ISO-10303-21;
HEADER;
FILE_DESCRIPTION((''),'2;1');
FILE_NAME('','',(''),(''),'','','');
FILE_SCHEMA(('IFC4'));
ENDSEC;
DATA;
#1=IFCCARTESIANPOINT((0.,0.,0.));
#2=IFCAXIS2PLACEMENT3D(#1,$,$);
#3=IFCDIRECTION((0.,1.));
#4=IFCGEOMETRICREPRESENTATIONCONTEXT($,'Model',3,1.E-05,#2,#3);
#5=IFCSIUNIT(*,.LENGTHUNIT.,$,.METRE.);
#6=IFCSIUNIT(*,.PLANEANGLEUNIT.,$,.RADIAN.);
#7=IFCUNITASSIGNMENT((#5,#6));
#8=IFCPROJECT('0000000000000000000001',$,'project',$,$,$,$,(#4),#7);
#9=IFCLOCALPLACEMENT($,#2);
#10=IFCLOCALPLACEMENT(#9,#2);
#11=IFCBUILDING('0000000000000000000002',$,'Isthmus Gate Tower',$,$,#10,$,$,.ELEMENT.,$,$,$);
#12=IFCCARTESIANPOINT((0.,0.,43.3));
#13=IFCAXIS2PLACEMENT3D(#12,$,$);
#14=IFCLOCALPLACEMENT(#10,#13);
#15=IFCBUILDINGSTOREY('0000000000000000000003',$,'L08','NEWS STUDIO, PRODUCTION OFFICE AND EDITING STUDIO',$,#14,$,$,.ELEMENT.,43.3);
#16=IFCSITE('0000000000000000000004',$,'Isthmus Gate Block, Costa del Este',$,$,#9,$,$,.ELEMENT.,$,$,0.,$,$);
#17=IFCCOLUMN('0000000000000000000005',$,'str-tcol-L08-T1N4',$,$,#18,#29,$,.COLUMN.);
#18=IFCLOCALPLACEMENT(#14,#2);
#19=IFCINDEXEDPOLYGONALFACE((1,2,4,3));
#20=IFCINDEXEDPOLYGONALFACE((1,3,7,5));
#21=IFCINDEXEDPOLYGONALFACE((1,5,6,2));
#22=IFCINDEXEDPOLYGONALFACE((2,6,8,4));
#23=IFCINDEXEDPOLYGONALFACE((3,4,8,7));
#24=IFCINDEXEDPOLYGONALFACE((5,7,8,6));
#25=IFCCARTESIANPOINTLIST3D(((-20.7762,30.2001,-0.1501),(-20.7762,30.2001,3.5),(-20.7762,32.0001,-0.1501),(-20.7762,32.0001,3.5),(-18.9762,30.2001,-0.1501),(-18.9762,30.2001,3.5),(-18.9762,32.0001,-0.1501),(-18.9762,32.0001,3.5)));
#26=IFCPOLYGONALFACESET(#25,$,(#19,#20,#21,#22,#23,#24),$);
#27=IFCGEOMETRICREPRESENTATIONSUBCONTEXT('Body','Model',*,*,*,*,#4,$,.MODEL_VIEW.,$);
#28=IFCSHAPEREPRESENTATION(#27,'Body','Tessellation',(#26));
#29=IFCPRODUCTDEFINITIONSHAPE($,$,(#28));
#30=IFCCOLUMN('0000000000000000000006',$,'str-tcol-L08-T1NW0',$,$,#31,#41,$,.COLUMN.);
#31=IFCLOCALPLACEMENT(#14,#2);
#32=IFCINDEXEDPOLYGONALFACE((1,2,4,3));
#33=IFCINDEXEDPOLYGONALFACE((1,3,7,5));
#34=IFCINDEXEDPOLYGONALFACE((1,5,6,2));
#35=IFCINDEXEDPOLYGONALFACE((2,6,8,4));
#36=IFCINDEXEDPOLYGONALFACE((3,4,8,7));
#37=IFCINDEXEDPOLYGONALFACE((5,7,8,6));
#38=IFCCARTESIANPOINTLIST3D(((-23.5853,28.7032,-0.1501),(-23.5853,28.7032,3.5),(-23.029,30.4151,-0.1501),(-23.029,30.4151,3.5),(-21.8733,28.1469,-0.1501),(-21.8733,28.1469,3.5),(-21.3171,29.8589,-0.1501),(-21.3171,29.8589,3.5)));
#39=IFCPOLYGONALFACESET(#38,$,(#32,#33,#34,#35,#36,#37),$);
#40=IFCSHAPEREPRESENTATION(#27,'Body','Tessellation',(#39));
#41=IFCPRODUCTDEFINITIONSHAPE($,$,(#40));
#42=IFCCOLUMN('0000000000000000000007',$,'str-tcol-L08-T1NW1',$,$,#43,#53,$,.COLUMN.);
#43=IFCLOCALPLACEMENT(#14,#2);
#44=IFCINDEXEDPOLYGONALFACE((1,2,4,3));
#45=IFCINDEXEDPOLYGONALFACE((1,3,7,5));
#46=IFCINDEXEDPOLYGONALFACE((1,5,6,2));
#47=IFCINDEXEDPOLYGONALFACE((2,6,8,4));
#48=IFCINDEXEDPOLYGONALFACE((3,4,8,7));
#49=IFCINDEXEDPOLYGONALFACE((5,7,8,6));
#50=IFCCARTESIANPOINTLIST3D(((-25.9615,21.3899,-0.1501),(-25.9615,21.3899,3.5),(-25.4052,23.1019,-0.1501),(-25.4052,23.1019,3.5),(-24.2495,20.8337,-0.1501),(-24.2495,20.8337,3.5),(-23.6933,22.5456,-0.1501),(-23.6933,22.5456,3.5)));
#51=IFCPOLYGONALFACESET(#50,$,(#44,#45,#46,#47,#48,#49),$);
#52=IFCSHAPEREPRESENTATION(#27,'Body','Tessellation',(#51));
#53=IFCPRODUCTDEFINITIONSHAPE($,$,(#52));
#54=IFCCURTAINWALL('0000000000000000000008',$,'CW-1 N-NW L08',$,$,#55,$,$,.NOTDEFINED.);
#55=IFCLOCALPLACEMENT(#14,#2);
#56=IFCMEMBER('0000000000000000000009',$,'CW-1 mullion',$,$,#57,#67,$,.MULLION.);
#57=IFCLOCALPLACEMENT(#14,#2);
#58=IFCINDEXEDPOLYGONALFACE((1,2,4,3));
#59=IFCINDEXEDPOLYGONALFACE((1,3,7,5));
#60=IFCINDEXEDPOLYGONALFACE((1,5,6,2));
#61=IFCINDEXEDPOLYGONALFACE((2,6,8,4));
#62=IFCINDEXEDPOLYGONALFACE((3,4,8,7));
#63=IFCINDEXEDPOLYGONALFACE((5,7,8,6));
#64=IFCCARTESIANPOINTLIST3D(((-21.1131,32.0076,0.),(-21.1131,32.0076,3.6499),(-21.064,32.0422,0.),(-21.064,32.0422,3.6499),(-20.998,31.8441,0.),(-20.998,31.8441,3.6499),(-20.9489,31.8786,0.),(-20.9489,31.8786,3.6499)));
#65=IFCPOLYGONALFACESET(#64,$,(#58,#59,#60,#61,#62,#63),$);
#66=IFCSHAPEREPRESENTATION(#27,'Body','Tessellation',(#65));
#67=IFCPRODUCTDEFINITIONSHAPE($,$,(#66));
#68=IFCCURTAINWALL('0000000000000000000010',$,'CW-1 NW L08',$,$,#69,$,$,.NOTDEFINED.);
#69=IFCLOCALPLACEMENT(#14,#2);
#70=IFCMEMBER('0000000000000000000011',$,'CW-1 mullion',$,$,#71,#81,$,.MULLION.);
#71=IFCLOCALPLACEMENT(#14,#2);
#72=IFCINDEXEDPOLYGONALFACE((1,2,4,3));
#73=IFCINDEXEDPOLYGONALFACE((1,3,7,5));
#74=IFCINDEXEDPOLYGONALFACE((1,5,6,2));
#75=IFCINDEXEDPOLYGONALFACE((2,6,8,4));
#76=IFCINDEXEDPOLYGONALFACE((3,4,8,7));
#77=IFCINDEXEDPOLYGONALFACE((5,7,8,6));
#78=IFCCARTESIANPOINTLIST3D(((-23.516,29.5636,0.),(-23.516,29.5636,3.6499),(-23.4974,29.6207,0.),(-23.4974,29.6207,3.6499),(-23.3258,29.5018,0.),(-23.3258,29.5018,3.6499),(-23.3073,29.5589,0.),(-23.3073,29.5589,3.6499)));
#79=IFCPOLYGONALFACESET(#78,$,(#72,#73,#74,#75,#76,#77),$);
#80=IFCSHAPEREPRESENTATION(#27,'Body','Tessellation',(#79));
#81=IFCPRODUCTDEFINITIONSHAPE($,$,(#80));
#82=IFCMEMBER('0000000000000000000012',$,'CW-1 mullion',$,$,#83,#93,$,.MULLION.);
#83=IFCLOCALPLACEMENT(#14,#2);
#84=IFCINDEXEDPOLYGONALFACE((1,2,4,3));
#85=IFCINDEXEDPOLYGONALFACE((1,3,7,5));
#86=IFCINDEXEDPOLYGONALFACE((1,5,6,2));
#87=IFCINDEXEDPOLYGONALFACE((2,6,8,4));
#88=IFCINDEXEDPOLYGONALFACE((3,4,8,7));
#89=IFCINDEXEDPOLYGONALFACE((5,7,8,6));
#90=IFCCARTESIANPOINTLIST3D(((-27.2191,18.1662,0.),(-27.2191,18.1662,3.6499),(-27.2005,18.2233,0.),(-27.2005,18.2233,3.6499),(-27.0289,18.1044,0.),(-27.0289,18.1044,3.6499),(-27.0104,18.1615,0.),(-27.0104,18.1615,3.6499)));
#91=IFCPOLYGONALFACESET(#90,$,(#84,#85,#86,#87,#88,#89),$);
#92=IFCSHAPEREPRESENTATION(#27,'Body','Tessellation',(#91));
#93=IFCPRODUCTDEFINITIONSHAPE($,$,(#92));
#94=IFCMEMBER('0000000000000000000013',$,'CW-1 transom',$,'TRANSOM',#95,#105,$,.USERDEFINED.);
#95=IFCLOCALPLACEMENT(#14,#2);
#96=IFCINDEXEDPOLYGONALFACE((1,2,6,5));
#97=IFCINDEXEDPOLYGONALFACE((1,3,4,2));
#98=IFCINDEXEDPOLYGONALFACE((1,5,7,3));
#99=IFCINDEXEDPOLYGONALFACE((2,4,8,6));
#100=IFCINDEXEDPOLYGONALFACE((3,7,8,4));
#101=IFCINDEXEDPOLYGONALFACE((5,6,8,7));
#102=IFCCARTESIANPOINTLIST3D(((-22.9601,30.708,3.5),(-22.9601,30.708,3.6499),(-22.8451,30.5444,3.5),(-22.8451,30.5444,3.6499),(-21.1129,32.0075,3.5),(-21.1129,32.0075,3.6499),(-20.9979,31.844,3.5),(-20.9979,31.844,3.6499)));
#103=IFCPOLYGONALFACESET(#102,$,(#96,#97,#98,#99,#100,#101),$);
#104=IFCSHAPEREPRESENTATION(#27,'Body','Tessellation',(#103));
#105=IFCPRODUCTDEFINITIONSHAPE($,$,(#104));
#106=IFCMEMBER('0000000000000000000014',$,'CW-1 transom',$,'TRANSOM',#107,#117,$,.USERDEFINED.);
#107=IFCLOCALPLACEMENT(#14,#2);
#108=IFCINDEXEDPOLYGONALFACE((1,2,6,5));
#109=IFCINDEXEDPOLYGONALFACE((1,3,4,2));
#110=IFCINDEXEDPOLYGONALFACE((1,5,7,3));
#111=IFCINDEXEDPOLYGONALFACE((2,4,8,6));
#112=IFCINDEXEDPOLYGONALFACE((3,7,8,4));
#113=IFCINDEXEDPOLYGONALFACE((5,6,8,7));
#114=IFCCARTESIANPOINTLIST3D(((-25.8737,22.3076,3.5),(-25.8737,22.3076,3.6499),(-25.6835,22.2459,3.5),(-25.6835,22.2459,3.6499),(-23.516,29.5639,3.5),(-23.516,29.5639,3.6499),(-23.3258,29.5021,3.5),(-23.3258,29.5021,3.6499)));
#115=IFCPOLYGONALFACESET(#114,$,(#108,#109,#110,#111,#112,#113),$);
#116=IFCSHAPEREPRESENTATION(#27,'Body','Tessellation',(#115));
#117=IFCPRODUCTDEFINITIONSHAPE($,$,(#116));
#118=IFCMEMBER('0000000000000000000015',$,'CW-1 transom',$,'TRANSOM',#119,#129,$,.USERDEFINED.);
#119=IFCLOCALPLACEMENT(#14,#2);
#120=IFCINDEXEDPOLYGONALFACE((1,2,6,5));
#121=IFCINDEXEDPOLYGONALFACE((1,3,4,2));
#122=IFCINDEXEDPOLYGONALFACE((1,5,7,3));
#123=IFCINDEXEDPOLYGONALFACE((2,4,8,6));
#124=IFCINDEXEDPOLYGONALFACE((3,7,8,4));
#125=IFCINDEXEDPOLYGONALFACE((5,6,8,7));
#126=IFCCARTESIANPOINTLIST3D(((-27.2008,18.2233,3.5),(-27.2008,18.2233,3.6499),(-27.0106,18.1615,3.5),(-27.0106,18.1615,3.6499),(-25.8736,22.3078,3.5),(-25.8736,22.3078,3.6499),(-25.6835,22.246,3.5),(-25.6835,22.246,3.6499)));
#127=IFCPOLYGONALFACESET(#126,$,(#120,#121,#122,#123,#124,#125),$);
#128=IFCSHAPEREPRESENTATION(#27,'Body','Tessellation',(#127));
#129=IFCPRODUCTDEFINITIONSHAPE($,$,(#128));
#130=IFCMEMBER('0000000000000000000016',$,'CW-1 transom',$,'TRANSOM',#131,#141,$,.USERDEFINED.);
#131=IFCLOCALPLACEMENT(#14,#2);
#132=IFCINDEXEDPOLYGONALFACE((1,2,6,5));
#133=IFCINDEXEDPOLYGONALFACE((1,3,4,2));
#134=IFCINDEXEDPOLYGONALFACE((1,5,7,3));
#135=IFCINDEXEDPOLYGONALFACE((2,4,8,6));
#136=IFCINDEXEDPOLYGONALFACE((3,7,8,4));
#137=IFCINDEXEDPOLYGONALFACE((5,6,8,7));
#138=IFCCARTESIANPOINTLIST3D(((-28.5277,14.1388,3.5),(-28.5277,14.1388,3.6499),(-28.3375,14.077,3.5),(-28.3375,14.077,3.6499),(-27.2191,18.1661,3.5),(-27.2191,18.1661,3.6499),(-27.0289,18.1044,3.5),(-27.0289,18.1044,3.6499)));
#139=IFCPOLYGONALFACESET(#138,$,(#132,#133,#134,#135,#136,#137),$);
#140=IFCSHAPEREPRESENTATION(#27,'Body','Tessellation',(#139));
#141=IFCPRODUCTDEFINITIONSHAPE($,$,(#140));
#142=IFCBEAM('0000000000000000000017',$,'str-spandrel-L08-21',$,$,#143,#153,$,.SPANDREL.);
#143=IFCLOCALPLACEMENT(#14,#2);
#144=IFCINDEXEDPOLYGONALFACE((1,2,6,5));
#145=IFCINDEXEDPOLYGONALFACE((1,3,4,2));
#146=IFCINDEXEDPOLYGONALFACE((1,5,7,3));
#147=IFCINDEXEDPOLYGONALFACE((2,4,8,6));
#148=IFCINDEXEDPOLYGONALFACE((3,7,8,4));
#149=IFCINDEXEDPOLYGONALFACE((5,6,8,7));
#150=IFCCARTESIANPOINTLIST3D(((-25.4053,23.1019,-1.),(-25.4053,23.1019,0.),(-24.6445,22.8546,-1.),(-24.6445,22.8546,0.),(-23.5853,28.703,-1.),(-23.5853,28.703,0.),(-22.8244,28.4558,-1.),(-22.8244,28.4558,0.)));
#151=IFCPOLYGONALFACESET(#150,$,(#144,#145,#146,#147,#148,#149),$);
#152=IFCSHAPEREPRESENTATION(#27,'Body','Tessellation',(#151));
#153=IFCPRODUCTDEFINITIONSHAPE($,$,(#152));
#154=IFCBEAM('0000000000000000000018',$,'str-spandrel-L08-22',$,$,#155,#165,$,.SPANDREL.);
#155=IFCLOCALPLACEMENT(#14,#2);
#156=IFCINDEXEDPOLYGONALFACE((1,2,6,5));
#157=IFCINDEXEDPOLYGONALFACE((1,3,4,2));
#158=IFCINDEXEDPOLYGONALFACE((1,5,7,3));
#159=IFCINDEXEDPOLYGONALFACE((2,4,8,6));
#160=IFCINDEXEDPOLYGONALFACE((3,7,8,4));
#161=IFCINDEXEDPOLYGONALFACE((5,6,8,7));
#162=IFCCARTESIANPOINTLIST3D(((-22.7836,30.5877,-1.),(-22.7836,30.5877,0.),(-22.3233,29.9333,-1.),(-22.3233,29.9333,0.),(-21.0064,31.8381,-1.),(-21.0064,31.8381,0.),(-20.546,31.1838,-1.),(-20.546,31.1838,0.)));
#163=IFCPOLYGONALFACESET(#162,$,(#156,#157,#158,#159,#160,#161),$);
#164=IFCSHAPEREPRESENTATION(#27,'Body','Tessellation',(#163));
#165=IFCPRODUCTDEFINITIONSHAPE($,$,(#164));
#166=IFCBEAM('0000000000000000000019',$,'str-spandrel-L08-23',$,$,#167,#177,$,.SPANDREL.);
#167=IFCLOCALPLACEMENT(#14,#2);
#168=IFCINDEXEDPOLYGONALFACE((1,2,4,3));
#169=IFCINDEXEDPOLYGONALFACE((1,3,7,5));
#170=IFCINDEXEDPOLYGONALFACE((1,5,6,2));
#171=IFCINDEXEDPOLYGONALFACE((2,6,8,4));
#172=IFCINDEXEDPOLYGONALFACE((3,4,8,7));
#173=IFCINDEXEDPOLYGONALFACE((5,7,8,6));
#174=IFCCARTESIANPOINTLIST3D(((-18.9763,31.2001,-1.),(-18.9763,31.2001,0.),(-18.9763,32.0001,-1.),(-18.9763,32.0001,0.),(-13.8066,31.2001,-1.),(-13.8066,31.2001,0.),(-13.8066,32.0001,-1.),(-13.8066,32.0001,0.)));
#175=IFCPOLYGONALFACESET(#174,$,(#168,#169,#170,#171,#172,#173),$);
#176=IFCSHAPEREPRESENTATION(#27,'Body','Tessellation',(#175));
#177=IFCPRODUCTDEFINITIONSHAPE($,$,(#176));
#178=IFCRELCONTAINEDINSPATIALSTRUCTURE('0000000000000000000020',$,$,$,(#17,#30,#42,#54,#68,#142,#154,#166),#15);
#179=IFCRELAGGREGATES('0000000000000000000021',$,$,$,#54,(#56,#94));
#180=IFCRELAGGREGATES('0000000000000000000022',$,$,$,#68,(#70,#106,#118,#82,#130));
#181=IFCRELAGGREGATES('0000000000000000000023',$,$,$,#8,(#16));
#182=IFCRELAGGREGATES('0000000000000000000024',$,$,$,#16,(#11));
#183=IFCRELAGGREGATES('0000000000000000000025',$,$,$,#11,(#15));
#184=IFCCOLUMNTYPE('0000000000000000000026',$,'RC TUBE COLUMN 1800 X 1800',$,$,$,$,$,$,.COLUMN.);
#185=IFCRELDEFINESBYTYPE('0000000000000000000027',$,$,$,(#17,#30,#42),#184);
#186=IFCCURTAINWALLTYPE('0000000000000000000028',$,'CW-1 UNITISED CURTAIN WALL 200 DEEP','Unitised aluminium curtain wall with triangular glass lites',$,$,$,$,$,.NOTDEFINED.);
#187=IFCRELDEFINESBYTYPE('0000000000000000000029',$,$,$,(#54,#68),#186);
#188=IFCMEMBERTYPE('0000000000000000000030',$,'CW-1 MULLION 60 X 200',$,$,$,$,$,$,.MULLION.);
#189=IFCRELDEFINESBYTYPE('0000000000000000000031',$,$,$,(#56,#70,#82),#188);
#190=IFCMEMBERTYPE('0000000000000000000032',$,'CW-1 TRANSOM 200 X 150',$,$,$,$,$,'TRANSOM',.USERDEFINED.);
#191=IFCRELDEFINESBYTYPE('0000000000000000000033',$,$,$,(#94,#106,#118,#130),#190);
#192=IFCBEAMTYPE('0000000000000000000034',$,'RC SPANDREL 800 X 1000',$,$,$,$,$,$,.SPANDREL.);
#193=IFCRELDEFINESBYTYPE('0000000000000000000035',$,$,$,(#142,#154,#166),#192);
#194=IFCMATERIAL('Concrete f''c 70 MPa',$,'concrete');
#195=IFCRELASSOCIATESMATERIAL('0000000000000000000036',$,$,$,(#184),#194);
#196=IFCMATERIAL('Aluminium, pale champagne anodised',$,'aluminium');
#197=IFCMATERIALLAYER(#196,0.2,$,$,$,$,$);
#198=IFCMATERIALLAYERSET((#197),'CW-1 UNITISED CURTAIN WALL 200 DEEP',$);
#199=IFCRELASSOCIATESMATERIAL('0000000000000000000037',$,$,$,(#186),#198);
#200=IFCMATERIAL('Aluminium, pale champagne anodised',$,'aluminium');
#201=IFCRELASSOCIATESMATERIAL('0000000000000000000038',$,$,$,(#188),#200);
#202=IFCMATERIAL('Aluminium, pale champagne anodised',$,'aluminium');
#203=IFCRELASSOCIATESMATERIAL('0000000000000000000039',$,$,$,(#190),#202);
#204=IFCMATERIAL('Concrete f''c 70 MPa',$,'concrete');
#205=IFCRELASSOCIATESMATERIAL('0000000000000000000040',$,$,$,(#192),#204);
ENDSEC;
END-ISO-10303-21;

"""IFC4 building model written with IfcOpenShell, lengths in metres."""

from ifc_helpers import new_model, si_unit, direction, frame, origin, origin_2d, place, context, subcontext, project, spatial, rectangle, extrude, material, layer, layer_set, material_profile, profile_set, type_object, element, aggregate, save


model = new_model("IFC4")

# Units and contexts
model_context = context("Model", 3, precision=1e-05, world=origin(), true_north=direction((0.0, 1.0)))
body_context = subcontext(model_context, "Body", "Model", "MODEL_VIEW")
ifc_project = project(units=[si_unit("LENGTHUNIT", "METRE"), si_unit("PLANEANGLEUNIT", "RADIAN")], contexts=[model_context])

# Site, building, storey
site_placement = place(None, origin())
site = spatial("IfcSite", under=ifc_project, at=site_placement, Name="Isthmus Gate Block, Costa del Este", CompositionType="ELEMENT", RefElevation=0.0)
building_placement = place(site_placement, origin())
building = spatial("IfcBuilding", under=site, at=building_placement, Name="Isthmus Gate Tower", CompositionType="ELEMENT")
storey_placement = place(building_placement, frame((0.0, 0.0, 43.3)))
storey = spatial("IfcBuildingStorey", under=building, at=storey_placement, Name="L08", Description="NEWS STUDIO, PRODUCTION OFFICE AND EDITING STUDIO", CompositionType="ELEMENT", Elevation=43.3)

# Columns
ifc_material_1 = material(Name="Concrete f'c 70 MPa", Category="concrete")
ifc_material_profile_1 = material_profile(ifc_material_1, rectangle(XDim=1.8, YDim=1.8, at=origin_2d()), Name="RC 1800X1800")
ifc_profile_set_1 = profile_set([ifc_material_profile_1], Name="Concrete f'c 70 MPa")
column_type = type_object("IfcColumnType", Name="RC TUBE COLUMN 1800 X 1800", PredefinedType="COLUMN", material=ifc_profile_set_1)
for number, where, z_axis, x_axis, name in (
    (1, (-19.8762, 31.1001, -0.1501), (0.0, 0.0, 1.0), (-1.0, 0.0, 0.0), "str-tcol-L08-T1N4"),
    (2, (-22.4512, 29.281, -0.1501), (0.0, 0.0, 1.0), (-0.309017, -0.951057, 0.0), "str-tcol-L08-T1NW0"),
    (3, (-24.8274, 21.9678, -0.1501), (0.0, 0.0, 1.0), (-0.309017, -0.951057, 0.0), "str-tcol-L08-T1NW1"),
):
    element("IfcColumn", number, at=place(storey_placement, frame(where, z_axis=z_axis, x_axis=x_axis)), inside=storey, type_object=column_type, Name=name, PredefinedType="COLUMN", context=body_context, shape_type="SweptSolid", body=[
        extrude(rectangle(XDim=1.8, YDim=1.8, at=origin_2d()), origin(), (0.0, 0.0, 1.0), 3.6501),
    ])

# Curtain wall, member
ifc_material_2 = material(Name="Aluminium, pale champagne anodised", Category="aluminium")
ifc_layer_1 = layer(ifc_material_2, 0.2)
ifc_layer_set_1 = layer_set([ifc_layer_1], Name="CW-1 UNITISED CURTAIN WALL 200 DEEP")
curtain_wall_type = type_object("IfcCurtainWallType", Name="CW-1 UNITISED CURTAIN WALL 200 DEEP", Description="Unitised aluminium curtain wall with triangular glass lites", PredefinedType="NOTDEFINED", material=ifc_layer_set_1)
curtain_wall_1_placement = place(storey_placement, origin())
curtain_wall_1 = element("IfcCurtainWall", 4, at=curtain_wall_1_placement, inside=storey, type_object=curtain_wall_type, Name="CW-1 N-NW L08", PredefinedType="NOTDEFINED")
ifc_material_3 = material(Name="Aluminium, pale champagne anodised", Category="aluminium")
ifc_material_profile_2 = material_profile(ifc_material_3, rectangle(XDim=0.0601, YDim=0.2, at=origin_2d()), Name="60x200")
ifc_profile_set_2 = profile_set([ifc_material_profile_2], Name="Aluminium, pale champagne anodised")
member_type_1 = type_object("IfcMemberType", Name="CW-1 MULLION 60 X 200", PredefinedType="MULLION", material=ifc_profile_set_2)
member_1_placement = place(storey_placement, frame((-21.031, 31.9431, 0.0), z_axis=(0.0, 0.0, 1.0), x_axis=(-0.81786, -0.575418, 0.0)))
member_1 = element("IfcMember", 5, at=member_1_placement, type_object=member_type_1, Name="CW-1 mullion", PredefinedType="MULLION", context=body_context, shape_type="SweptSolid", body=[
    extrude(rectangle(XDim=0.0601, YDim=0.2, at=origin_2d()), origin(), (0.0, 0.0, 1.0), 3.6499),
])

# Curtain wall, members
curtain_wall_2_placement = place(storey_placement, origin())
curtain_wall_2 = element("IfcCurtainWall", 6, at=curtain_wall_2_placement, inside=storey, type_object=curtain_wall_type, Name="CW-1 NW L08", PredefinedType="NOTDEFINED")
member_2_placement = place(storey_placement, frame((-23.4116, 29.5613, 0.0), z_axis=(0.0, 0.0, 1.0), x_axis=(-0.309017, -0.951057, 0.0)))
member_2 = element("IfcMember", 7, at=member_2_placement, type_object=member_type_1, Name="CW-1 mullion", PredefinedType="MULLION", context=body_context, shape_type="SweptSolid", body=[
    extrude(rectangle(XDim=0.0601, YDim=0.2, at=origin_2d()), origin(), (0.0, 0.0, 1.0), 3.6499),
])
member_3_placement = place(storey_placement, frame((-27.1147, 18.1638, 0.0), z_axis=(0.0, 0.0, 1.0), x_axis=(-0.309017, -0.951057, 0.0)))
member_3 = element("IfcMember", 8, at=member_3_placement, type_object=member_type_1, Name="CW-1 mullion", PredefinedType="MULLION", context=body_context, shape_type="SweptSolid", body=[
    extrude(rectangle(XDim=0.0601, YDim=0.2, at=origin_2d()), origin(), (0.0, 0.0, 1.0), 3.6499),
])

# Members
ifc_material_4 = material(Name="Aluminium, pale champagne anodised", Category="aluminium")
ifc_material_profile_3 = material_profile(ifc_material_4, rectangle(XDim=0.2, YDim=0.1499, at=origin_2d()), Name="200x150")
ifc_profile_set_3 = profile_set([ifc_material_profile_3], Name="Aluminium, pale champagne anodised")
member_type_2 = type_object("IfcMemberType", Name="CW-1 TRANSOM 200 X 150", ElementType="TRANSOM", PredefinedType="USERDEFINED", material=ifc_profile_set_3)
member_4_placement = place(storey_placement, frame((-21.0554, 31.9258, 3.575), z_axis=(-0.817869, -0.575405, 0.0), x_axis=(0.575405, -0.817869, 0.0)))
member_4 = element("IfcMember", 9, at=member_4_placement, type_object=member_type_2, Name="CW-1 transom", ObjectType="TRANSOM", PredefinedType="USERDEFINED", context=body_context, shape_type="SweptSolid", body=[
    extrude(rectangle(XDim=0.2, YDim=0.1499, at=origin_2d()), origin(), (0.0, 0.0, 1.0), 2.2585),
])
member_5_placement = place(storey_placement, frame((-23.4209, 29.533, 3.575), z_axis=(-0.309019, -0.951056, 0.0), x_axis=(0.951056, -0.309019, 0.0)))
member_5 = element("IfcMember", 10, at=member_5_placement, type_object=member_type_2, Name="CW-1 transom", ObjectType="TRANSOM", PredefinedType="USERDEFINED", context=body_context, shape_type="SweptSolid", body=[
    extrude(rectangle(XDim=0.2, YDim=0.1499, at=origin_2d()), origin(), (0.0, 0.0, 1.0), 7.6296),
])
member_6_placement = place(storey_placement, frame((-25.7786, 22.2769, 3.575), z_axis=(-0.309022, -0.951055, 0.0), x_axis=(0.951055, -0.309022, 0.0)))
member_6 = element("IfcMember", 11, at=member_6_placement, type_object=member_type_2, Name="CW-1 transom", ObjectType="TRANSOM", PredefinedType="USERDEFINED", context=body_context, shape_type="SweptSolid", body=[
    extrude(rectangle(XDim=0.2, YDim=0.1499, at=origin_2d()), origin(), (0.0, 0.0, 1.0), 4.2947),
])
member_7_placement = place(storey_placement, frame((-27.124, 18.1353, 3.575), z_axis=(-0.309023, -0.951054, 0.0), x_axis=(0.951054, -0.309023, 0.0)))
member_7 = element("IfcMember", 12, at=member_7_placement, type_object=member_type_2, Name="CW-1 transom", ObjectType="TRANSOM", PredefinedType="USERDEFINED", context=body_context, shape_type="SweptSolid", body=[
    extrude(rectangle(XDim=0.2, YDim=0.1499, at=origin_2d()), origin(), (0.0, 0.0, 1.0), 4.2346),
])

# Beams
ifc_material_5 = material(Name="Concrete f'c 70 MPa", Category="concrete")
ifc_material_profile_4 = material_profile(ifc_material_5, rectangle(XDim=0.8, YDim=1.0, at=origin_2d()), Name="RC 800X1000")
ifc_profile_set_4 = profile_set([ifc_material_profile_4], Name="Concrete f'c 70 MPa")
beam_type_1 = type_object("IfcBeamType", Name="RC SPANDREL 800 X 1000", PredefinedType="SPANDREL", material=ifc_profile_set_4)
beam_1_placement = place(storey_placement, frame((-25.0249, 22.9783, -0.5), z_axis=(0.309043, 0.951048, 0.0), x_axis=(-0.951048, 0.309043, 0.0)))
element("IfcBeam", 13, at=beam_1_placement, inside=storey, type_object=beam_type_1, Name="str-spandrel-L08-21", PredefinedType="SPANDREL", context=body_context, shape_type="SweptSolid", body=[
    extrude(rectangle(XDim=0.8, YDim=1.0, at=origin_2d()), origin(), (0.0, 0.0, 1.0), 5.8894),
])
beam_2_placement = place(storey_placement, frame((-22.5535, 30.2605, -0.5), z_axis=(0.817857, 0.575421, 0.0), x_axis=(-0.575421, 0.817857, 0.0)))
element("IfcBeam", 14, at=beam_2_placement, inside=storey, type_object=beam_type_1, Name="str-spandrel-L08-22", PredefinedType="SPANDREL", context=body_context, shape_type="SweptSolid", body=[
    extrude(rectangle(XDim=0.8, YDim=1.0, at=origin_2d()), origin(), (0.0, 0.0, 1.0), 2.1731),
])
beam_3_placement = place(storey_placement, frame((-18.9763, 31.6001, -0.5), z_axis=(1.0, 0.0, 0.0), x_axis=(0.0, 1.0, 0.0)))
element("IfcBeam", 15, at=beam_3_placement, inside=storey, type_object=beam_type_1, Name="str-spandrel-L08-23", PredefinedType="SPANDREL", context=body_context, shape_type="SweptSolid", body=[
    extrude(rectangle(XDim=0.8, YDim=1.0, at=origin_2d()), origin(), (0.0, 0.0, 1.0), 5.1697),
])

aggregate(curtain_wall_1, [member_1, member_4])

aggregate(curtain_wall_2, [member_2, member_5, member_6, member_3, member_7])

save(model, "model.ifc")
